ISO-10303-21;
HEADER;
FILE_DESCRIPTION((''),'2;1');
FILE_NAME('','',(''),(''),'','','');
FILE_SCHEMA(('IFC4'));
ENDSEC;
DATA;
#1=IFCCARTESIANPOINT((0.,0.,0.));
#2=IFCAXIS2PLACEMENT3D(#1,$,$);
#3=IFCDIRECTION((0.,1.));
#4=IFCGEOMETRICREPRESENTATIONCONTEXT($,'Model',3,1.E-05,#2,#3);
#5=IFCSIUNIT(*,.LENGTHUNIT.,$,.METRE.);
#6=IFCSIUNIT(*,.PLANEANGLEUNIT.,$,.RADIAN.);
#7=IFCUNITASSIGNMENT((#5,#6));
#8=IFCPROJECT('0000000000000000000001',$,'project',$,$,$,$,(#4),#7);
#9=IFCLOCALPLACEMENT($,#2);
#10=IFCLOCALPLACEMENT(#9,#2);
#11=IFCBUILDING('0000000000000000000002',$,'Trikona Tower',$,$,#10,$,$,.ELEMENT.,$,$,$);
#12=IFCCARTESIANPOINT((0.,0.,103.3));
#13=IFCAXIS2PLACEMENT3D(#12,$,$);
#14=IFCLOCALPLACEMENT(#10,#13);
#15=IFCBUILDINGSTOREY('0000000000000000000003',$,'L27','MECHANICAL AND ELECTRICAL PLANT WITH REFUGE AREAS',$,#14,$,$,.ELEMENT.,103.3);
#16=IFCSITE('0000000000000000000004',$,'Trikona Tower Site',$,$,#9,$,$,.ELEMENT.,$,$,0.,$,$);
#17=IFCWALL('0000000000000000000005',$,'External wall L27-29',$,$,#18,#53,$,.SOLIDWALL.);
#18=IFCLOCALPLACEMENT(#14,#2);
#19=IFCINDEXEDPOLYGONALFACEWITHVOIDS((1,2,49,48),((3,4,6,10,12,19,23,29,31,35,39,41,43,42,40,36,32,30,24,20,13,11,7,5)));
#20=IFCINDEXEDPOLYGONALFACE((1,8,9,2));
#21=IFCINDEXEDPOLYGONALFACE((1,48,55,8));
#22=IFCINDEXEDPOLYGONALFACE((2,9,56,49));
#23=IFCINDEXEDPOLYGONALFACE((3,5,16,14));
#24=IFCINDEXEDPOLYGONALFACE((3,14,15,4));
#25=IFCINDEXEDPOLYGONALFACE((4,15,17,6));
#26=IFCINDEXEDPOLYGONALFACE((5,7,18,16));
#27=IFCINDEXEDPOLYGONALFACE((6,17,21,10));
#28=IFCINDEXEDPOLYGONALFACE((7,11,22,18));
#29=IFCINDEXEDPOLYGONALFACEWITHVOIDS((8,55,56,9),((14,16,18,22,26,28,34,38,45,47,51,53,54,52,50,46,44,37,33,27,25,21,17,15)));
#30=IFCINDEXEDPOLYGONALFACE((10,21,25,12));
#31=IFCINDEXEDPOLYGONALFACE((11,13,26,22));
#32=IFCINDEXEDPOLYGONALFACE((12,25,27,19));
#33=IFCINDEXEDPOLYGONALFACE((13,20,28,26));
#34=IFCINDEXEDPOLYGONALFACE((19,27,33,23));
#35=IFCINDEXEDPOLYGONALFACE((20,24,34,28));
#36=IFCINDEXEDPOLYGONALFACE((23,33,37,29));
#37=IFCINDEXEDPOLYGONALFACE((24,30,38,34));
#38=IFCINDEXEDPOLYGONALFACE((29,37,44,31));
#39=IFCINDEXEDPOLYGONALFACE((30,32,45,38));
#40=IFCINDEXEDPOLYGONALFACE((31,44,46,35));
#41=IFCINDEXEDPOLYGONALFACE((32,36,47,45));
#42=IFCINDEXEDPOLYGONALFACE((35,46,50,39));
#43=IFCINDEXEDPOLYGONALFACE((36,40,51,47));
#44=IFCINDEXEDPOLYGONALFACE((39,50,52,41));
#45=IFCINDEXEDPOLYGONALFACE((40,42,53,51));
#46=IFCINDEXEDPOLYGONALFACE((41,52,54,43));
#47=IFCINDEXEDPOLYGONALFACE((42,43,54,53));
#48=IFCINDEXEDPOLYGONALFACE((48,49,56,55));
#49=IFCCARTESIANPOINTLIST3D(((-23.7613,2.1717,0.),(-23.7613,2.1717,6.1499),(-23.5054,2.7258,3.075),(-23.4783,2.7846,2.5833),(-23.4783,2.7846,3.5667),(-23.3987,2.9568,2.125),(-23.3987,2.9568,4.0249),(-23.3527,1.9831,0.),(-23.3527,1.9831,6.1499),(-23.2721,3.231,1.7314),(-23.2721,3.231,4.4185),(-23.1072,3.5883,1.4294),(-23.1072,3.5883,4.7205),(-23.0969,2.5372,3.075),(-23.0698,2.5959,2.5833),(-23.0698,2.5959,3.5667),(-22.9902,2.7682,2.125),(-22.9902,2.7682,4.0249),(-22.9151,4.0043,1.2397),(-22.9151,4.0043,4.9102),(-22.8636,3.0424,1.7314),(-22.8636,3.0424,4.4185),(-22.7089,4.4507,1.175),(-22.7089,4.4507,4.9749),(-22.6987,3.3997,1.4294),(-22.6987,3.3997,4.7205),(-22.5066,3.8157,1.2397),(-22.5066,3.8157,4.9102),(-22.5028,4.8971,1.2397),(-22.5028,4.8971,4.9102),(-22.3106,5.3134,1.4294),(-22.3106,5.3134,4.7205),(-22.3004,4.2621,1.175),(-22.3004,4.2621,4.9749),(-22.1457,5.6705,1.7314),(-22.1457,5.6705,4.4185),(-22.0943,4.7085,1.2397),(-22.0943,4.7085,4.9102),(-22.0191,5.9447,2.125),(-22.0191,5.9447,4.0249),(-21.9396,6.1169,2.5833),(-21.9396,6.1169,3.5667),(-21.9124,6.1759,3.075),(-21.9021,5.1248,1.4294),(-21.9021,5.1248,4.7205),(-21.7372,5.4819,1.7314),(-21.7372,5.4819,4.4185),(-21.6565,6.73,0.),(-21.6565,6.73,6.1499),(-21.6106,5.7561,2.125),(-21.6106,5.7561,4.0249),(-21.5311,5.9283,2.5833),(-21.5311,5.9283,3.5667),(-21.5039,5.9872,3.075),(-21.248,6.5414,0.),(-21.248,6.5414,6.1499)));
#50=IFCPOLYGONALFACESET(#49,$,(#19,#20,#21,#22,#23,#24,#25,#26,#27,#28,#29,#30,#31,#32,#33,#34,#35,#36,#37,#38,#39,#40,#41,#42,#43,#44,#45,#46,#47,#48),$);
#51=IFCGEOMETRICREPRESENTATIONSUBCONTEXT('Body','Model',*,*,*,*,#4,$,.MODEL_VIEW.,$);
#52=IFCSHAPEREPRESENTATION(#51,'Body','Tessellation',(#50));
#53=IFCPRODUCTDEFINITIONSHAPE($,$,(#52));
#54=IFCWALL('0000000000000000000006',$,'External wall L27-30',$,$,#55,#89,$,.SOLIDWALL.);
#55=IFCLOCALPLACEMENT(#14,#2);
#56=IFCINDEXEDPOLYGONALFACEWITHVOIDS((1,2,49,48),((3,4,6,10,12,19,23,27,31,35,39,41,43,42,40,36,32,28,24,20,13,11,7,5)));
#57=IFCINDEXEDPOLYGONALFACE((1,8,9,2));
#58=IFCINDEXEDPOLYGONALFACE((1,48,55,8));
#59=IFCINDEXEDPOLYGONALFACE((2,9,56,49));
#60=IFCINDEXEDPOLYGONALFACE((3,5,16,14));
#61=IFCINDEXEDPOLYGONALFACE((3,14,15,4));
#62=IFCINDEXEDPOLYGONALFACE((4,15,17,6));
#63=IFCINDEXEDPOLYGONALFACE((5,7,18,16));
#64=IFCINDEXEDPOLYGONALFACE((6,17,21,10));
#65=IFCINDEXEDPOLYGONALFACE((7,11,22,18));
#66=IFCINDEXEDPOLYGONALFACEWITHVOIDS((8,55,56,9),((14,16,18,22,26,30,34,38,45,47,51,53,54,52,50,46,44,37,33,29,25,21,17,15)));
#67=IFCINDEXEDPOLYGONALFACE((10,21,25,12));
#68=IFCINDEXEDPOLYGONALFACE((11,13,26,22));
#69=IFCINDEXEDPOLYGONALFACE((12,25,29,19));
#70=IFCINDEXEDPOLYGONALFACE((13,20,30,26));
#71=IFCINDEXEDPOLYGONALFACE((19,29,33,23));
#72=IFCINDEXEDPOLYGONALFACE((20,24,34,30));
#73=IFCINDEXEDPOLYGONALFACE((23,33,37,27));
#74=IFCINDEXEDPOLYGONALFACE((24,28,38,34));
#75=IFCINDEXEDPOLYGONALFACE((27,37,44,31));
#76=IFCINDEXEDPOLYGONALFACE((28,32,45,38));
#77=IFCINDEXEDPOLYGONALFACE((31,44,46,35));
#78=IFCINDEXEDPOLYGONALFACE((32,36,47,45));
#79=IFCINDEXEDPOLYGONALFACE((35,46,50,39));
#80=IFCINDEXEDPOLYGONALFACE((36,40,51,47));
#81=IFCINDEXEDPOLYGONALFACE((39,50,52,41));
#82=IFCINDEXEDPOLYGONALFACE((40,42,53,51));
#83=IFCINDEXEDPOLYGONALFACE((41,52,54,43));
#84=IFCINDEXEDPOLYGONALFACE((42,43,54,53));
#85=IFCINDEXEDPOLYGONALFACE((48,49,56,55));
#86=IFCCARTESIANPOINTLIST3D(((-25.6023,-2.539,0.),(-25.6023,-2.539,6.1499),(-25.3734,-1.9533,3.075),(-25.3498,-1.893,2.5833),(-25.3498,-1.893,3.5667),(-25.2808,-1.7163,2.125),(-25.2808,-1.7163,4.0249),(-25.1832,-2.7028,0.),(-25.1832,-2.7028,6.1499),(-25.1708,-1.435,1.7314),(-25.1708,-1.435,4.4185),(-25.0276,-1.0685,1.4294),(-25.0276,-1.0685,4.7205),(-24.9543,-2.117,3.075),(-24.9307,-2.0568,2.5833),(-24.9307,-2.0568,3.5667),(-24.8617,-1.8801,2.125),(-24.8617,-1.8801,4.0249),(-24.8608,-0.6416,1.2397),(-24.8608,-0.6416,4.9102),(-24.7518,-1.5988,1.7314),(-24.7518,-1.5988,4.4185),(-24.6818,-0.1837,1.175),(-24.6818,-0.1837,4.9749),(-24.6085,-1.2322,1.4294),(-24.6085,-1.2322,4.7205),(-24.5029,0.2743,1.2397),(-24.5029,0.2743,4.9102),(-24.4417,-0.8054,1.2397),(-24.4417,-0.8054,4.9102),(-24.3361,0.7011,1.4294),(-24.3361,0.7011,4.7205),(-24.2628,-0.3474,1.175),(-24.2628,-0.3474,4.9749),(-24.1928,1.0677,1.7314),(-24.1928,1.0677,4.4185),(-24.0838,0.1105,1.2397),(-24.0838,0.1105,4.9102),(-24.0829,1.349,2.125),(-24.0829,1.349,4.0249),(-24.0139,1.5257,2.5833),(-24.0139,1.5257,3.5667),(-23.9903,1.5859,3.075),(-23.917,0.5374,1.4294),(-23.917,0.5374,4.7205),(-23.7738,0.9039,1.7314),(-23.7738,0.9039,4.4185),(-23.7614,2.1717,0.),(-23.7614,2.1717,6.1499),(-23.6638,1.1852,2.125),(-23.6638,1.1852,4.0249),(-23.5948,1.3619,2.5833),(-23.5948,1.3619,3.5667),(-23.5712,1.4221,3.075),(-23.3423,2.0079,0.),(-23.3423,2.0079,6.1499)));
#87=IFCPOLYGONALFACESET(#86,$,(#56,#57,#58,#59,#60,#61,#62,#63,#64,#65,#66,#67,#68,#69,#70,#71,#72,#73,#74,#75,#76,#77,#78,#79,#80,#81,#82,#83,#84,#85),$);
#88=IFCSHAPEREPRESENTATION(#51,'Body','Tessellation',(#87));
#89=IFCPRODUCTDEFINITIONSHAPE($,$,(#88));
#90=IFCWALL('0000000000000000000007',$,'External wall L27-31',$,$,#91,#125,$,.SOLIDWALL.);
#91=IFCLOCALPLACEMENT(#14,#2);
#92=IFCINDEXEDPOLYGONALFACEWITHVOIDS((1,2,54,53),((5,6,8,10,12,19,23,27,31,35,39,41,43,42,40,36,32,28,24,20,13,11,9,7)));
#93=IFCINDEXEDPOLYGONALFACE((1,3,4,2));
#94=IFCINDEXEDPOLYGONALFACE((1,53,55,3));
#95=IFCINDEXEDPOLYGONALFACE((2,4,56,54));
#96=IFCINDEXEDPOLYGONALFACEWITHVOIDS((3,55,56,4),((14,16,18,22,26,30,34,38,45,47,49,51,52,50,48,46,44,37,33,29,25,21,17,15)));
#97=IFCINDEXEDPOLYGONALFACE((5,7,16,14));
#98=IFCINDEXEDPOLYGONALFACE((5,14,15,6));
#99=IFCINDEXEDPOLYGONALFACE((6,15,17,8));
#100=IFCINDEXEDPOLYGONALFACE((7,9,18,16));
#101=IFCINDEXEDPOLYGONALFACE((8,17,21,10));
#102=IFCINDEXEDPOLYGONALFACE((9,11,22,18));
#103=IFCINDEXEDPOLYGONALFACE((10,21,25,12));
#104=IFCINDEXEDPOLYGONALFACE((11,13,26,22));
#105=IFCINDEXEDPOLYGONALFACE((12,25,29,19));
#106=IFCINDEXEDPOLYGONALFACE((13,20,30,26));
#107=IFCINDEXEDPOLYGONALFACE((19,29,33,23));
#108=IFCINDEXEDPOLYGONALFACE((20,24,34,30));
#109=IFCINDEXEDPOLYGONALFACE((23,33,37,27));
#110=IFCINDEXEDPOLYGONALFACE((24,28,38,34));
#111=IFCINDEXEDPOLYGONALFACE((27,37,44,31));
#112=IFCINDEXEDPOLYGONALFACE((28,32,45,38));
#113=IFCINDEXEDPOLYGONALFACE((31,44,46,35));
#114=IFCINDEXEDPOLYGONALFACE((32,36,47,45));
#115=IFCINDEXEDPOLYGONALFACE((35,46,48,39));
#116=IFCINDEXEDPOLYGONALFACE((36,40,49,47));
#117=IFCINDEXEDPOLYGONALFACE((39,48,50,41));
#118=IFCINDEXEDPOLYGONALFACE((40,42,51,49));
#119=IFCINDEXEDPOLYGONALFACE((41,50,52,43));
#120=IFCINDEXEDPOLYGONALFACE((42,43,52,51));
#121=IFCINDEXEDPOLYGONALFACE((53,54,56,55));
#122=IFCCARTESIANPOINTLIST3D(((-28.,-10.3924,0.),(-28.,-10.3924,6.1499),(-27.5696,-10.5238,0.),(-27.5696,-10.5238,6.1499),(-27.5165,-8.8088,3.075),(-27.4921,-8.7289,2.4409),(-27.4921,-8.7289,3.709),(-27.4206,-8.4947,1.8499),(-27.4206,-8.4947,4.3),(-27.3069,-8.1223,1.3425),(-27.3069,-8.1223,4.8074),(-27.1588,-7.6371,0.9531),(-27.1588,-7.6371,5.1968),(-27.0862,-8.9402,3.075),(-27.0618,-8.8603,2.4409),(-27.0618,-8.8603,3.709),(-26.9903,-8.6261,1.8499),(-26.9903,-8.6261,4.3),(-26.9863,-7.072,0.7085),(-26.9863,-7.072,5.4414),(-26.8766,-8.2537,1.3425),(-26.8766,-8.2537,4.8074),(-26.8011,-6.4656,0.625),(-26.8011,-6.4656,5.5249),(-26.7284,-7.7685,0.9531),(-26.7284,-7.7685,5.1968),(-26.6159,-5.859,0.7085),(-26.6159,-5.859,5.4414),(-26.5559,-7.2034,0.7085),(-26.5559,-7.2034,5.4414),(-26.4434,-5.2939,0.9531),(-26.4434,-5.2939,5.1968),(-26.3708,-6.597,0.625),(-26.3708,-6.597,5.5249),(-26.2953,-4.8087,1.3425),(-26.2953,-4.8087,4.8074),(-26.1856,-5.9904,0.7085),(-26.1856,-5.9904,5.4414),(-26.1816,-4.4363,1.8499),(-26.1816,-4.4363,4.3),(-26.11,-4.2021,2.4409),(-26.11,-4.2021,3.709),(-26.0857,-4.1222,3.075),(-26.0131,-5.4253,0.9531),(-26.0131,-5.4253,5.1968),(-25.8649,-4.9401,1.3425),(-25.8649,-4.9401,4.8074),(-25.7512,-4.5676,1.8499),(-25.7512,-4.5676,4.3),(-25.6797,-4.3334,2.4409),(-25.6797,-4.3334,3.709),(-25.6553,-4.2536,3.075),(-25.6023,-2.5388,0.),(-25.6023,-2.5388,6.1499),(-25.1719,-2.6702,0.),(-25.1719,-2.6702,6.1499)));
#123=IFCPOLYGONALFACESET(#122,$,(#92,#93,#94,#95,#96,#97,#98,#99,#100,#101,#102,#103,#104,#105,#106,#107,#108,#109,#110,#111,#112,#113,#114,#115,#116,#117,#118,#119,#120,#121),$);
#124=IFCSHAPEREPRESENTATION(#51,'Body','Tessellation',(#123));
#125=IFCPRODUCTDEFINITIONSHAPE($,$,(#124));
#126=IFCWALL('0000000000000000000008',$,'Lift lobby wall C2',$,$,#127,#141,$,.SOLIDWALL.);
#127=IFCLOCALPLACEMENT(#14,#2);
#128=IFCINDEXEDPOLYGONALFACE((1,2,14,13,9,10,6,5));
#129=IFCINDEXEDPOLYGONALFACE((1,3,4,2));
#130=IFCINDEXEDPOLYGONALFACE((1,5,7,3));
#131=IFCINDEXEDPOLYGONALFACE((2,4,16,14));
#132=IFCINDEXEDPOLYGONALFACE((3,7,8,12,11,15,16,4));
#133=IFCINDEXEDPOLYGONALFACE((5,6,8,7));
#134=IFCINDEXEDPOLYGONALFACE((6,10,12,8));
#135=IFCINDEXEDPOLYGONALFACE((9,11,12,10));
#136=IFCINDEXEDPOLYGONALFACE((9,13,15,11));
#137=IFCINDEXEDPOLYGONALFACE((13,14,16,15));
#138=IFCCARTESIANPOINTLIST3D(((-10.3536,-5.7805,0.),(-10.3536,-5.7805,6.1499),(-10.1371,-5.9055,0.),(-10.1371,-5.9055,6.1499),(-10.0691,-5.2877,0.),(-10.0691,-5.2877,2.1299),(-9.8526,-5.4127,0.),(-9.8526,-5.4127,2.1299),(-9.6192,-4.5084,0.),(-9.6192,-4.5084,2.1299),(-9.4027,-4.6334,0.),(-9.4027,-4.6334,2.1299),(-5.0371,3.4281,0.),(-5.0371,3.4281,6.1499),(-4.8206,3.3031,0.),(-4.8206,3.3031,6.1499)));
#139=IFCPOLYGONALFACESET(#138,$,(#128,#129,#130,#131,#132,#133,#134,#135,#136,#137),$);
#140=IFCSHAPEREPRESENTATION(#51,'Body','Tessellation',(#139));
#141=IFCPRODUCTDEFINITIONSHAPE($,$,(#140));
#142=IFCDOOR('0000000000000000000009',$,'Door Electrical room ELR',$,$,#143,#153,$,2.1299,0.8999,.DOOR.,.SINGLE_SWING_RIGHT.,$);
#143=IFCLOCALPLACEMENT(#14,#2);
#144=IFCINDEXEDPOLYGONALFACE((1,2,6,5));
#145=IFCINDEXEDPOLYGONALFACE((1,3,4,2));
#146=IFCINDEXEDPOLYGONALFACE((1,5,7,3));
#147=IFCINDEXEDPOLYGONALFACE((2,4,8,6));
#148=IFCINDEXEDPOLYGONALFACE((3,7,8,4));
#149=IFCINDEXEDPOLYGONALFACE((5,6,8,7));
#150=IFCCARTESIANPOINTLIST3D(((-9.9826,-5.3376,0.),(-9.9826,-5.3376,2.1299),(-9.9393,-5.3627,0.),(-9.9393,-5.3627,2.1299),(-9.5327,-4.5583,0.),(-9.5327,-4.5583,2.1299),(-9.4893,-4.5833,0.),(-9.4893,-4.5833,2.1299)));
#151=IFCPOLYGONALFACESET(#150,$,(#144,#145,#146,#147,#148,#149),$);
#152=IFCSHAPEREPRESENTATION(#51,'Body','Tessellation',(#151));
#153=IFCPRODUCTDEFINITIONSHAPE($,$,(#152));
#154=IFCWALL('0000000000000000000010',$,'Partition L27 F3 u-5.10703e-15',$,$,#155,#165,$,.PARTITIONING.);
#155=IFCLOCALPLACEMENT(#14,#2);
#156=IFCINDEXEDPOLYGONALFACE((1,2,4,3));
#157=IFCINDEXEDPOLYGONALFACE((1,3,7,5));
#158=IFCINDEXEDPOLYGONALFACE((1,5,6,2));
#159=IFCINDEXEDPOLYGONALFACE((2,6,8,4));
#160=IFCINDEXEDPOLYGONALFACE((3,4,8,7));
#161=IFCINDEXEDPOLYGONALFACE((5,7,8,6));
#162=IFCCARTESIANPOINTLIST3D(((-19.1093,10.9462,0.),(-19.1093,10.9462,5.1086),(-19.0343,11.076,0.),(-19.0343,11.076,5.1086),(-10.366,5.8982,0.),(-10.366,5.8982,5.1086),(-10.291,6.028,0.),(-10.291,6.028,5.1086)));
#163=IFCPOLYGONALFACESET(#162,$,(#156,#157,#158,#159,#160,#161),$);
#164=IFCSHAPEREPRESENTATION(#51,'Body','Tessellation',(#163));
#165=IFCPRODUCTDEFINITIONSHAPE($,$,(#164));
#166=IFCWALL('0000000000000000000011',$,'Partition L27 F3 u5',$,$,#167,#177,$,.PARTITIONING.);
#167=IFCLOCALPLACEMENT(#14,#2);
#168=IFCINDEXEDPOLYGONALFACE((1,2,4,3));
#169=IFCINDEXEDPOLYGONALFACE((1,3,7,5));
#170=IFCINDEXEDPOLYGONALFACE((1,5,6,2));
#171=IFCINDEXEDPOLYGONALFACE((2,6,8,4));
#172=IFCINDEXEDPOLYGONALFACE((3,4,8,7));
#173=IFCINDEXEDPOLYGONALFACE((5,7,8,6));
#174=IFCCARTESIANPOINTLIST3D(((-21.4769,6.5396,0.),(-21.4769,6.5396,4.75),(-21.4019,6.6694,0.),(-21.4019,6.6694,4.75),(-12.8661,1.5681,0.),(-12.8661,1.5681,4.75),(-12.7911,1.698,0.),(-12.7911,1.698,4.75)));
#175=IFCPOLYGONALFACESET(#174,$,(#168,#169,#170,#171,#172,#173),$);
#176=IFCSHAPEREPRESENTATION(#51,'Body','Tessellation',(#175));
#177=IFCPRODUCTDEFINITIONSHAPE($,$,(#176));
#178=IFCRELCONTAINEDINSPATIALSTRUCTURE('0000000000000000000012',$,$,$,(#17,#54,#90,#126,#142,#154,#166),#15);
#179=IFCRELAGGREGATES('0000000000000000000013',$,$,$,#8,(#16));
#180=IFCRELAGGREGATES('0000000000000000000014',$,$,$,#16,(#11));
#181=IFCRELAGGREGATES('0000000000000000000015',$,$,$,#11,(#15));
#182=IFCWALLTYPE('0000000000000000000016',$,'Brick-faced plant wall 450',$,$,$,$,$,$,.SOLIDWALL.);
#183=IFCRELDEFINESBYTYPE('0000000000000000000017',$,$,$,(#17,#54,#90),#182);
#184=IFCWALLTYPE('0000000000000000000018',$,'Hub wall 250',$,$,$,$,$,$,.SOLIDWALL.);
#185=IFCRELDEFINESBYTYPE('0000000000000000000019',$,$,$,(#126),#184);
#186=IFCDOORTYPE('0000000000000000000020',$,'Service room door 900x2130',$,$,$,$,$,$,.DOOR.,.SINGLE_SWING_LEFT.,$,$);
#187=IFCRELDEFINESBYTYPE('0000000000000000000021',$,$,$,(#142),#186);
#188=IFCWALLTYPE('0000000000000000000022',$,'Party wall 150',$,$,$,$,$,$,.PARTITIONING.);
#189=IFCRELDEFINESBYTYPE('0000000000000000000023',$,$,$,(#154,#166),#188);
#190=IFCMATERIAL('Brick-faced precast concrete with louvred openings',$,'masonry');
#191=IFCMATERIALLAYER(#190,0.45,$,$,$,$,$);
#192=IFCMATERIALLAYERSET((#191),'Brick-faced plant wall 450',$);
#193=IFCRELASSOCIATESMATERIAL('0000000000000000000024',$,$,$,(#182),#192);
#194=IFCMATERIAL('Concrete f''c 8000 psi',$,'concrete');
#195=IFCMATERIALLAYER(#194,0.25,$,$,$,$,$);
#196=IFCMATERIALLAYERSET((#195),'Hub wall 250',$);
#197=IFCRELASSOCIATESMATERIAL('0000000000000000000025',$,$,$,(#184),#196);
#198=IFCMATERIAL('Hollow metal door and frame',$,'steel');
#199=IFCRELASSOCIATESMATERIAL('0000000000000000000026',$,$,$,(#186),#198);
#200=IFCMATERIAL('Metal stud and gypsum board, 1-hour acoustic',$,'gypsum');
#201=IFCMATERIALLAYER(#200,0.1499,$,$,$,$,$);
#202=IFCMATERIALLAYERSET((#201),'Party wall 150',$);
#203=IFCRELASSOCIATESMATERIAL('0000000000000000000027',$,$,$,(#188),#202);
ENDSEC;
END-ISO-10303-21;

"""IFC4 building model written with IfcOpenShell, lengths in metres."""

from ifc_helpers import new_model, si_unit, direction, frame, frame_2d, origin, place, context, subcontext, project, spatial, polyline, rectangle, outline, extrude, material, layer, layer_set, type_object, element, fill, save


model = new_model("IFC4")

# Units and contexts
model_context = context("Model", 3, precision=1e-05, world=origin(), true_north=direction((0.0, 1.0)))
body_context = subcontext(model_context, "Body", "Model", "MODEL_VIEW")
ifc_project = project(units=[si_unit("LENGTHUNIT", "METRE"), si_unit("PLANEANGLEUNIT", "RADIAN")], contexts=[model_context])

# Site, building, storey
site_placement = place(None, origin())
site = spatial("IfcSite", under=ifc_project, at=site_placement, Name="Trikona Tower Site", CompositionType="ELEMENT", RefElevation=0.0)
building_placement = place(site_placement, origin())
building = spatial("IfcBuilding", under=site, at=building_placement, Name="Trikona Tower", CompositionType="ELEMENT")
storey_placement = place(building_placement, frame((0.0, 0.0, 103.3)))
storey = spatial("IfcBuildingStorey", under=building, at=storey_placement, Name="L27", Description="MECHANICAL AND ELECTRICAL PLANT WITH REFUGE AREAS", CompositionType="ELEMENT", Elevation=103.3)

# Walls
ifc_material_1 = material(Name="Brick-faced precast concrete with louvred openings", Category="masonry")
ifc_layer_1 = layer(ifc_material_1, 0.45)
ifc_layer_set_1 = layer_set([ifc_layer_1], Name="Brick-faced plant wall 450")
wall_type_1 = type_object("IfcWallType", Name="Brick-faced plant wall 450", PredefinedType="SOLIDWALL", material=ifc_layer_set_1)
wall_1_placement = place(storey_placement, frame((-21.4524, 6.6357, 0.0), z_axis=(0.0, 0.0, 1.0), x_axis=(-0.419203, -0.907892, 0.0)))
element("IfcWall", 1, at=wall_1_placement, inside=storey, type_object=wall_type_1, Name="External wall L27-29", PredefinedType="SOLIDWALL", context=body_context, shape_type="SweptSolid", body=[
    extrude(outline(polyline([(0.0, 0.0), (5.0208, 0.0), (5.0208, 6.1499), (0.0, 6.1499), (0.0, 0.0)]), holes=[polyline([(4.4104, 3.075), (4.3457, 3.5667), (4.156, 4.0249), (3.854, 4.4185), (3.4604, 4.7205), (3.0022, 4.9102), (2.5105, 4.9749), (2.0188, 4.9102), (1.5603, 4.7205), (1.167, 4.4185), (0.865, 4.0249), (0.6753, 3.5667), (0.6104, 3.075), (0.6753, 2.5833), (0.865, 2.125), (1.167, 1.7314), (1.5603, 1.4294), (2.0188, 1.2397), (2.5105, 1.175), (3.0022, 1.2397), (3.4604, 1.4294), (3.854, 1.7314), (4.156, 2.125), (4.3457, 2.5833), (4.4104, 3.075)])]), frame((0.0, 0.2251, 0.0), z_axis=(0.0, -1.0, 0.0), x_axis=(1.0, 0.0, 0.0)), (0.0, 0.0, 1.0), 0.45),
])
wall_2_placement = place(storey_placement, frame((-23.552, 2.0898, 0.0), z_axis=(0.0, 0.0, 1.0), x_axis=(-0.363972, -0.93141, 0.0)))
element("IfcWall", 2, at=wall_2_placement, inside=storey, type_object=wall_type_1, Name="External wall L27-30", PredefinedType="SOLIDWALL", context=body_context, shape_type="SweptSolid", body=[
    extrude(outline(polyline([(0.0, 0.0), (5.0576, 0.0), (5.0576, 6.1499), (0.0, 6.1499), (0.0, 0.0)]), holes=[polyline([(4.4287, 3.075), (4.364, 3.5667), (4.1743, 4.0249), (3.8723, 4.4185), (3.4788, 4.7205), (3.0205, 4.9102), (2.5288, 4.9749), (2.0371, 4.9102), (1.5789, 4.7205), (1.1853, 4.4185), (0.8833, 4.0249), (0.6936, 3.5667), (0.6289, 3.075), (0.6936, 2.5833), (0.8833, 2.125), (1.1853, 1.7314), (1.5789, 1.4294), (2.0371, 1.2397), (2.5288, 1.175), (3.0205, 1.2397), (3.4788, 1.4294), (3.8723, 1.7314), (4.1743, 2.125), (4.364, 2.5833), (4.4287, 3.075)])]), frame((0.0, 0.2251, 0.0), z_axis=(0.0, -1.0, 0.0), x_axis=(1.0, 0.0, 0.0)), (0.0, 0.0, 1.0), 0.45),
])
wall_3_placement = place(storey_placement, frame((-25.3872, -2.6045, 0.0), z_axis=(0.0, 0.0, 1.0), x_axis=(-0.291998, -0.956419, 0.0)))
element("IfcWall", 3, at=wall_3_placement, inside=storey, type_object=wall_type_1, Name="External wall L27-31", PredefinedType="SOLIDWALL", context=body_context, shape_type="SweptSolid", body=[
    extrude(outline(polyline([(0.0, 0.0), (8.2114, 0.0), (8.2114, 6.1499), (0.0, 6.1499), (0.0, 0.0)]), holes=[polyline([(6.5557, 3.075), (6.4722, 3.709), (6.2273, 4.3), (5.8379, 4.8074), (5.3306, 5.1968), (4.7397, 5.4414), (4.1057, 5.5249), (3.4714, 5.4414), (2.8806, 5.1968), (2.3733, 4.8074), (1.9839, 4.3), (1.739, 3.709), (1.6555, 3.075), (1.739, 2.4409), (1.9839, 1.8499), (2.3733, 1.3425), (2.8806, 0.9531), (3.4714, 0.7085), (4.1057, 0.625), (4.7397, 0.7085), (5.3306, 0.9531), (5.8379, 1.3425), (6.2273, 1.8499), (6.4722, 2.4409), (6.5557, 3.075)])]), frame((0.0, 0.2251, 0.0), z_axis=(0.0, -1.0, 0.0), x_axis=(1.0, 0.0, 0.0)), (0.0, 0.0, 1.0), 0.45),
])

# Wall, opening, door
ifc_material_2 = material(Name="Concrete f'c 8000 psi", Category="concrete")
ifc_layer_2 = layer(ifc_material_2, 0.25)
ifc_layer_set_2 = layer_set([ifc_layer_2], Name="Hub wall 250")
wall_type_2 = type_object("IfcWallType", Name="Hub wall 250", PredefinedType="SOLIDWALL", material=ifc_layer_set_2)
wall_4_placement = place(storey_placement, frame((-4.929, 3.3655, 0.0), z_axis=(0.0, 0.0, 1.0), x_axis=(-0.499991, -0.86603, 0.0)))
wall_4 = element("IfcWall", 4, at=wall_4_placement, inside=storey, type_object=wall_type_2, Name="Lift lobby wall C2", PredefinedType="SOLIDWALL", context=body_context, shape_type="SweptSolid", body=[
    extrude(rectangle(XDim=10.6331, YDim=0.25, at=frame_2d((5.3164, 0.0))), origin(), (0.0, 0.0, 1.0), 6.1499),
])
opening_placement = place(wall_4_placement, frame((9.1641, 0.0, 0.0)))
opening = element("IfcOpeningElement", 5, at=opening_placement, cuts=wall_4, PredefinedType="OPENING", context=body_context, shape_type="SweptSolid", body=[
    extrude(rectangle(XDim=0.8999, YDim=2.1299, at=frame_2d((0.45, 1.0649))), frame((0.0, 0.135, 0.0), z_axis=(0.0, -1.0, 0.0), x_axis=(1.0, 0.0, 0.0)), (0.0, 0.0, 1.0), 0.27),
])
ifc_material_3 = material(Name="Hollow metal door and frame", Category="steel")
door_type = type_object("IfcDoorType", Name="Service room door 900x2130", OperationType="SINGLE_SWING_LEFT", PredefinedType="DOOR", material=ifc_material_3)
door_placement = place(opening_placement, origin())
door = element("IfcDoor", 6, at=door_placement, inside=storey, type_object=door_type, Name="Door Electrical room ELR", OperationType="SINGLE_SWING_RIGHT", OverallHeight=2.1299, OverallWidth=0.8999, PredefinedType="DOOR", context=body_context, shape_type="SweptSolid", body=[
    extrude(rectangle(XDim=0.8999, YDim=2.1299, at=frame_2d((0.45, 1.0649))), frame((0.0, 0.0249, 0.0), z_axis=(0.0, -1.0, 0.0), x_axis=(1.0, 0.0, 0.0)), (0.0, 0.0, 1.0), 0.05),
])
fill(opening, door)

# Walls
ifc_material_4 = material(Name="Metal stud and gypsum board, 1-hour acoustic", Category="gypsum")
ifc_layer_3 = layer(ifc_material_4, 0.1499)
ifc_layer_set_3 = layer_set([ifc_layer_3], Name="Party wall 150")
wall_type_3 = type_object("IfcWallType", Name="Party wall 150", PredefinedType="PARTITIONING", material=ifc_layer_set_3)
wall_5_placement = place(storey_placement, frame((-10.3286, 5.9631, 0.0), z_axis=(0.0, 0.0, 1.0), x_axis=(-0.866022, 0.500006, 0.0)))
element("IfcWall", 7, at=wall_5_placement, inside=storey, type_object=wall_type_3, Name="Partition L27 F3 u-5.10703e-15", PredefinedType="PARTITIONING", context=body_context, shape_type="SweptSolid", body=[
    extrude(rectangle(XDim=10.0959, YDim=0.1499, at=frame_2d((5.0479, 0.0))), origin(), (0.0, 0.0, 1.0), 5.1086),
])
wall_6_placement = place(storey_placement, frame((-12.8286, 1.6331, 0.0), z_axis=(0.0, 0.0, 1.0), x_axis=(-0.866027, 0.499997, 0.0)))
element("IfcWall", 8, at=wall_6_placement, inside=storey, type_object=wall_type_3, Name="Partition L27 F3 u5", PredefinedType="PARTITIONING", context=body_context, shape_type="SweptSolid", body=[
    extrude(rectangle(XDim=9.9429, YDim=0.1499, at=frame_2d((4.9714, 0.0))), origin(), (0.0, 0.0, 1.0), 4.75),
])

save(model, "model.ifc")
